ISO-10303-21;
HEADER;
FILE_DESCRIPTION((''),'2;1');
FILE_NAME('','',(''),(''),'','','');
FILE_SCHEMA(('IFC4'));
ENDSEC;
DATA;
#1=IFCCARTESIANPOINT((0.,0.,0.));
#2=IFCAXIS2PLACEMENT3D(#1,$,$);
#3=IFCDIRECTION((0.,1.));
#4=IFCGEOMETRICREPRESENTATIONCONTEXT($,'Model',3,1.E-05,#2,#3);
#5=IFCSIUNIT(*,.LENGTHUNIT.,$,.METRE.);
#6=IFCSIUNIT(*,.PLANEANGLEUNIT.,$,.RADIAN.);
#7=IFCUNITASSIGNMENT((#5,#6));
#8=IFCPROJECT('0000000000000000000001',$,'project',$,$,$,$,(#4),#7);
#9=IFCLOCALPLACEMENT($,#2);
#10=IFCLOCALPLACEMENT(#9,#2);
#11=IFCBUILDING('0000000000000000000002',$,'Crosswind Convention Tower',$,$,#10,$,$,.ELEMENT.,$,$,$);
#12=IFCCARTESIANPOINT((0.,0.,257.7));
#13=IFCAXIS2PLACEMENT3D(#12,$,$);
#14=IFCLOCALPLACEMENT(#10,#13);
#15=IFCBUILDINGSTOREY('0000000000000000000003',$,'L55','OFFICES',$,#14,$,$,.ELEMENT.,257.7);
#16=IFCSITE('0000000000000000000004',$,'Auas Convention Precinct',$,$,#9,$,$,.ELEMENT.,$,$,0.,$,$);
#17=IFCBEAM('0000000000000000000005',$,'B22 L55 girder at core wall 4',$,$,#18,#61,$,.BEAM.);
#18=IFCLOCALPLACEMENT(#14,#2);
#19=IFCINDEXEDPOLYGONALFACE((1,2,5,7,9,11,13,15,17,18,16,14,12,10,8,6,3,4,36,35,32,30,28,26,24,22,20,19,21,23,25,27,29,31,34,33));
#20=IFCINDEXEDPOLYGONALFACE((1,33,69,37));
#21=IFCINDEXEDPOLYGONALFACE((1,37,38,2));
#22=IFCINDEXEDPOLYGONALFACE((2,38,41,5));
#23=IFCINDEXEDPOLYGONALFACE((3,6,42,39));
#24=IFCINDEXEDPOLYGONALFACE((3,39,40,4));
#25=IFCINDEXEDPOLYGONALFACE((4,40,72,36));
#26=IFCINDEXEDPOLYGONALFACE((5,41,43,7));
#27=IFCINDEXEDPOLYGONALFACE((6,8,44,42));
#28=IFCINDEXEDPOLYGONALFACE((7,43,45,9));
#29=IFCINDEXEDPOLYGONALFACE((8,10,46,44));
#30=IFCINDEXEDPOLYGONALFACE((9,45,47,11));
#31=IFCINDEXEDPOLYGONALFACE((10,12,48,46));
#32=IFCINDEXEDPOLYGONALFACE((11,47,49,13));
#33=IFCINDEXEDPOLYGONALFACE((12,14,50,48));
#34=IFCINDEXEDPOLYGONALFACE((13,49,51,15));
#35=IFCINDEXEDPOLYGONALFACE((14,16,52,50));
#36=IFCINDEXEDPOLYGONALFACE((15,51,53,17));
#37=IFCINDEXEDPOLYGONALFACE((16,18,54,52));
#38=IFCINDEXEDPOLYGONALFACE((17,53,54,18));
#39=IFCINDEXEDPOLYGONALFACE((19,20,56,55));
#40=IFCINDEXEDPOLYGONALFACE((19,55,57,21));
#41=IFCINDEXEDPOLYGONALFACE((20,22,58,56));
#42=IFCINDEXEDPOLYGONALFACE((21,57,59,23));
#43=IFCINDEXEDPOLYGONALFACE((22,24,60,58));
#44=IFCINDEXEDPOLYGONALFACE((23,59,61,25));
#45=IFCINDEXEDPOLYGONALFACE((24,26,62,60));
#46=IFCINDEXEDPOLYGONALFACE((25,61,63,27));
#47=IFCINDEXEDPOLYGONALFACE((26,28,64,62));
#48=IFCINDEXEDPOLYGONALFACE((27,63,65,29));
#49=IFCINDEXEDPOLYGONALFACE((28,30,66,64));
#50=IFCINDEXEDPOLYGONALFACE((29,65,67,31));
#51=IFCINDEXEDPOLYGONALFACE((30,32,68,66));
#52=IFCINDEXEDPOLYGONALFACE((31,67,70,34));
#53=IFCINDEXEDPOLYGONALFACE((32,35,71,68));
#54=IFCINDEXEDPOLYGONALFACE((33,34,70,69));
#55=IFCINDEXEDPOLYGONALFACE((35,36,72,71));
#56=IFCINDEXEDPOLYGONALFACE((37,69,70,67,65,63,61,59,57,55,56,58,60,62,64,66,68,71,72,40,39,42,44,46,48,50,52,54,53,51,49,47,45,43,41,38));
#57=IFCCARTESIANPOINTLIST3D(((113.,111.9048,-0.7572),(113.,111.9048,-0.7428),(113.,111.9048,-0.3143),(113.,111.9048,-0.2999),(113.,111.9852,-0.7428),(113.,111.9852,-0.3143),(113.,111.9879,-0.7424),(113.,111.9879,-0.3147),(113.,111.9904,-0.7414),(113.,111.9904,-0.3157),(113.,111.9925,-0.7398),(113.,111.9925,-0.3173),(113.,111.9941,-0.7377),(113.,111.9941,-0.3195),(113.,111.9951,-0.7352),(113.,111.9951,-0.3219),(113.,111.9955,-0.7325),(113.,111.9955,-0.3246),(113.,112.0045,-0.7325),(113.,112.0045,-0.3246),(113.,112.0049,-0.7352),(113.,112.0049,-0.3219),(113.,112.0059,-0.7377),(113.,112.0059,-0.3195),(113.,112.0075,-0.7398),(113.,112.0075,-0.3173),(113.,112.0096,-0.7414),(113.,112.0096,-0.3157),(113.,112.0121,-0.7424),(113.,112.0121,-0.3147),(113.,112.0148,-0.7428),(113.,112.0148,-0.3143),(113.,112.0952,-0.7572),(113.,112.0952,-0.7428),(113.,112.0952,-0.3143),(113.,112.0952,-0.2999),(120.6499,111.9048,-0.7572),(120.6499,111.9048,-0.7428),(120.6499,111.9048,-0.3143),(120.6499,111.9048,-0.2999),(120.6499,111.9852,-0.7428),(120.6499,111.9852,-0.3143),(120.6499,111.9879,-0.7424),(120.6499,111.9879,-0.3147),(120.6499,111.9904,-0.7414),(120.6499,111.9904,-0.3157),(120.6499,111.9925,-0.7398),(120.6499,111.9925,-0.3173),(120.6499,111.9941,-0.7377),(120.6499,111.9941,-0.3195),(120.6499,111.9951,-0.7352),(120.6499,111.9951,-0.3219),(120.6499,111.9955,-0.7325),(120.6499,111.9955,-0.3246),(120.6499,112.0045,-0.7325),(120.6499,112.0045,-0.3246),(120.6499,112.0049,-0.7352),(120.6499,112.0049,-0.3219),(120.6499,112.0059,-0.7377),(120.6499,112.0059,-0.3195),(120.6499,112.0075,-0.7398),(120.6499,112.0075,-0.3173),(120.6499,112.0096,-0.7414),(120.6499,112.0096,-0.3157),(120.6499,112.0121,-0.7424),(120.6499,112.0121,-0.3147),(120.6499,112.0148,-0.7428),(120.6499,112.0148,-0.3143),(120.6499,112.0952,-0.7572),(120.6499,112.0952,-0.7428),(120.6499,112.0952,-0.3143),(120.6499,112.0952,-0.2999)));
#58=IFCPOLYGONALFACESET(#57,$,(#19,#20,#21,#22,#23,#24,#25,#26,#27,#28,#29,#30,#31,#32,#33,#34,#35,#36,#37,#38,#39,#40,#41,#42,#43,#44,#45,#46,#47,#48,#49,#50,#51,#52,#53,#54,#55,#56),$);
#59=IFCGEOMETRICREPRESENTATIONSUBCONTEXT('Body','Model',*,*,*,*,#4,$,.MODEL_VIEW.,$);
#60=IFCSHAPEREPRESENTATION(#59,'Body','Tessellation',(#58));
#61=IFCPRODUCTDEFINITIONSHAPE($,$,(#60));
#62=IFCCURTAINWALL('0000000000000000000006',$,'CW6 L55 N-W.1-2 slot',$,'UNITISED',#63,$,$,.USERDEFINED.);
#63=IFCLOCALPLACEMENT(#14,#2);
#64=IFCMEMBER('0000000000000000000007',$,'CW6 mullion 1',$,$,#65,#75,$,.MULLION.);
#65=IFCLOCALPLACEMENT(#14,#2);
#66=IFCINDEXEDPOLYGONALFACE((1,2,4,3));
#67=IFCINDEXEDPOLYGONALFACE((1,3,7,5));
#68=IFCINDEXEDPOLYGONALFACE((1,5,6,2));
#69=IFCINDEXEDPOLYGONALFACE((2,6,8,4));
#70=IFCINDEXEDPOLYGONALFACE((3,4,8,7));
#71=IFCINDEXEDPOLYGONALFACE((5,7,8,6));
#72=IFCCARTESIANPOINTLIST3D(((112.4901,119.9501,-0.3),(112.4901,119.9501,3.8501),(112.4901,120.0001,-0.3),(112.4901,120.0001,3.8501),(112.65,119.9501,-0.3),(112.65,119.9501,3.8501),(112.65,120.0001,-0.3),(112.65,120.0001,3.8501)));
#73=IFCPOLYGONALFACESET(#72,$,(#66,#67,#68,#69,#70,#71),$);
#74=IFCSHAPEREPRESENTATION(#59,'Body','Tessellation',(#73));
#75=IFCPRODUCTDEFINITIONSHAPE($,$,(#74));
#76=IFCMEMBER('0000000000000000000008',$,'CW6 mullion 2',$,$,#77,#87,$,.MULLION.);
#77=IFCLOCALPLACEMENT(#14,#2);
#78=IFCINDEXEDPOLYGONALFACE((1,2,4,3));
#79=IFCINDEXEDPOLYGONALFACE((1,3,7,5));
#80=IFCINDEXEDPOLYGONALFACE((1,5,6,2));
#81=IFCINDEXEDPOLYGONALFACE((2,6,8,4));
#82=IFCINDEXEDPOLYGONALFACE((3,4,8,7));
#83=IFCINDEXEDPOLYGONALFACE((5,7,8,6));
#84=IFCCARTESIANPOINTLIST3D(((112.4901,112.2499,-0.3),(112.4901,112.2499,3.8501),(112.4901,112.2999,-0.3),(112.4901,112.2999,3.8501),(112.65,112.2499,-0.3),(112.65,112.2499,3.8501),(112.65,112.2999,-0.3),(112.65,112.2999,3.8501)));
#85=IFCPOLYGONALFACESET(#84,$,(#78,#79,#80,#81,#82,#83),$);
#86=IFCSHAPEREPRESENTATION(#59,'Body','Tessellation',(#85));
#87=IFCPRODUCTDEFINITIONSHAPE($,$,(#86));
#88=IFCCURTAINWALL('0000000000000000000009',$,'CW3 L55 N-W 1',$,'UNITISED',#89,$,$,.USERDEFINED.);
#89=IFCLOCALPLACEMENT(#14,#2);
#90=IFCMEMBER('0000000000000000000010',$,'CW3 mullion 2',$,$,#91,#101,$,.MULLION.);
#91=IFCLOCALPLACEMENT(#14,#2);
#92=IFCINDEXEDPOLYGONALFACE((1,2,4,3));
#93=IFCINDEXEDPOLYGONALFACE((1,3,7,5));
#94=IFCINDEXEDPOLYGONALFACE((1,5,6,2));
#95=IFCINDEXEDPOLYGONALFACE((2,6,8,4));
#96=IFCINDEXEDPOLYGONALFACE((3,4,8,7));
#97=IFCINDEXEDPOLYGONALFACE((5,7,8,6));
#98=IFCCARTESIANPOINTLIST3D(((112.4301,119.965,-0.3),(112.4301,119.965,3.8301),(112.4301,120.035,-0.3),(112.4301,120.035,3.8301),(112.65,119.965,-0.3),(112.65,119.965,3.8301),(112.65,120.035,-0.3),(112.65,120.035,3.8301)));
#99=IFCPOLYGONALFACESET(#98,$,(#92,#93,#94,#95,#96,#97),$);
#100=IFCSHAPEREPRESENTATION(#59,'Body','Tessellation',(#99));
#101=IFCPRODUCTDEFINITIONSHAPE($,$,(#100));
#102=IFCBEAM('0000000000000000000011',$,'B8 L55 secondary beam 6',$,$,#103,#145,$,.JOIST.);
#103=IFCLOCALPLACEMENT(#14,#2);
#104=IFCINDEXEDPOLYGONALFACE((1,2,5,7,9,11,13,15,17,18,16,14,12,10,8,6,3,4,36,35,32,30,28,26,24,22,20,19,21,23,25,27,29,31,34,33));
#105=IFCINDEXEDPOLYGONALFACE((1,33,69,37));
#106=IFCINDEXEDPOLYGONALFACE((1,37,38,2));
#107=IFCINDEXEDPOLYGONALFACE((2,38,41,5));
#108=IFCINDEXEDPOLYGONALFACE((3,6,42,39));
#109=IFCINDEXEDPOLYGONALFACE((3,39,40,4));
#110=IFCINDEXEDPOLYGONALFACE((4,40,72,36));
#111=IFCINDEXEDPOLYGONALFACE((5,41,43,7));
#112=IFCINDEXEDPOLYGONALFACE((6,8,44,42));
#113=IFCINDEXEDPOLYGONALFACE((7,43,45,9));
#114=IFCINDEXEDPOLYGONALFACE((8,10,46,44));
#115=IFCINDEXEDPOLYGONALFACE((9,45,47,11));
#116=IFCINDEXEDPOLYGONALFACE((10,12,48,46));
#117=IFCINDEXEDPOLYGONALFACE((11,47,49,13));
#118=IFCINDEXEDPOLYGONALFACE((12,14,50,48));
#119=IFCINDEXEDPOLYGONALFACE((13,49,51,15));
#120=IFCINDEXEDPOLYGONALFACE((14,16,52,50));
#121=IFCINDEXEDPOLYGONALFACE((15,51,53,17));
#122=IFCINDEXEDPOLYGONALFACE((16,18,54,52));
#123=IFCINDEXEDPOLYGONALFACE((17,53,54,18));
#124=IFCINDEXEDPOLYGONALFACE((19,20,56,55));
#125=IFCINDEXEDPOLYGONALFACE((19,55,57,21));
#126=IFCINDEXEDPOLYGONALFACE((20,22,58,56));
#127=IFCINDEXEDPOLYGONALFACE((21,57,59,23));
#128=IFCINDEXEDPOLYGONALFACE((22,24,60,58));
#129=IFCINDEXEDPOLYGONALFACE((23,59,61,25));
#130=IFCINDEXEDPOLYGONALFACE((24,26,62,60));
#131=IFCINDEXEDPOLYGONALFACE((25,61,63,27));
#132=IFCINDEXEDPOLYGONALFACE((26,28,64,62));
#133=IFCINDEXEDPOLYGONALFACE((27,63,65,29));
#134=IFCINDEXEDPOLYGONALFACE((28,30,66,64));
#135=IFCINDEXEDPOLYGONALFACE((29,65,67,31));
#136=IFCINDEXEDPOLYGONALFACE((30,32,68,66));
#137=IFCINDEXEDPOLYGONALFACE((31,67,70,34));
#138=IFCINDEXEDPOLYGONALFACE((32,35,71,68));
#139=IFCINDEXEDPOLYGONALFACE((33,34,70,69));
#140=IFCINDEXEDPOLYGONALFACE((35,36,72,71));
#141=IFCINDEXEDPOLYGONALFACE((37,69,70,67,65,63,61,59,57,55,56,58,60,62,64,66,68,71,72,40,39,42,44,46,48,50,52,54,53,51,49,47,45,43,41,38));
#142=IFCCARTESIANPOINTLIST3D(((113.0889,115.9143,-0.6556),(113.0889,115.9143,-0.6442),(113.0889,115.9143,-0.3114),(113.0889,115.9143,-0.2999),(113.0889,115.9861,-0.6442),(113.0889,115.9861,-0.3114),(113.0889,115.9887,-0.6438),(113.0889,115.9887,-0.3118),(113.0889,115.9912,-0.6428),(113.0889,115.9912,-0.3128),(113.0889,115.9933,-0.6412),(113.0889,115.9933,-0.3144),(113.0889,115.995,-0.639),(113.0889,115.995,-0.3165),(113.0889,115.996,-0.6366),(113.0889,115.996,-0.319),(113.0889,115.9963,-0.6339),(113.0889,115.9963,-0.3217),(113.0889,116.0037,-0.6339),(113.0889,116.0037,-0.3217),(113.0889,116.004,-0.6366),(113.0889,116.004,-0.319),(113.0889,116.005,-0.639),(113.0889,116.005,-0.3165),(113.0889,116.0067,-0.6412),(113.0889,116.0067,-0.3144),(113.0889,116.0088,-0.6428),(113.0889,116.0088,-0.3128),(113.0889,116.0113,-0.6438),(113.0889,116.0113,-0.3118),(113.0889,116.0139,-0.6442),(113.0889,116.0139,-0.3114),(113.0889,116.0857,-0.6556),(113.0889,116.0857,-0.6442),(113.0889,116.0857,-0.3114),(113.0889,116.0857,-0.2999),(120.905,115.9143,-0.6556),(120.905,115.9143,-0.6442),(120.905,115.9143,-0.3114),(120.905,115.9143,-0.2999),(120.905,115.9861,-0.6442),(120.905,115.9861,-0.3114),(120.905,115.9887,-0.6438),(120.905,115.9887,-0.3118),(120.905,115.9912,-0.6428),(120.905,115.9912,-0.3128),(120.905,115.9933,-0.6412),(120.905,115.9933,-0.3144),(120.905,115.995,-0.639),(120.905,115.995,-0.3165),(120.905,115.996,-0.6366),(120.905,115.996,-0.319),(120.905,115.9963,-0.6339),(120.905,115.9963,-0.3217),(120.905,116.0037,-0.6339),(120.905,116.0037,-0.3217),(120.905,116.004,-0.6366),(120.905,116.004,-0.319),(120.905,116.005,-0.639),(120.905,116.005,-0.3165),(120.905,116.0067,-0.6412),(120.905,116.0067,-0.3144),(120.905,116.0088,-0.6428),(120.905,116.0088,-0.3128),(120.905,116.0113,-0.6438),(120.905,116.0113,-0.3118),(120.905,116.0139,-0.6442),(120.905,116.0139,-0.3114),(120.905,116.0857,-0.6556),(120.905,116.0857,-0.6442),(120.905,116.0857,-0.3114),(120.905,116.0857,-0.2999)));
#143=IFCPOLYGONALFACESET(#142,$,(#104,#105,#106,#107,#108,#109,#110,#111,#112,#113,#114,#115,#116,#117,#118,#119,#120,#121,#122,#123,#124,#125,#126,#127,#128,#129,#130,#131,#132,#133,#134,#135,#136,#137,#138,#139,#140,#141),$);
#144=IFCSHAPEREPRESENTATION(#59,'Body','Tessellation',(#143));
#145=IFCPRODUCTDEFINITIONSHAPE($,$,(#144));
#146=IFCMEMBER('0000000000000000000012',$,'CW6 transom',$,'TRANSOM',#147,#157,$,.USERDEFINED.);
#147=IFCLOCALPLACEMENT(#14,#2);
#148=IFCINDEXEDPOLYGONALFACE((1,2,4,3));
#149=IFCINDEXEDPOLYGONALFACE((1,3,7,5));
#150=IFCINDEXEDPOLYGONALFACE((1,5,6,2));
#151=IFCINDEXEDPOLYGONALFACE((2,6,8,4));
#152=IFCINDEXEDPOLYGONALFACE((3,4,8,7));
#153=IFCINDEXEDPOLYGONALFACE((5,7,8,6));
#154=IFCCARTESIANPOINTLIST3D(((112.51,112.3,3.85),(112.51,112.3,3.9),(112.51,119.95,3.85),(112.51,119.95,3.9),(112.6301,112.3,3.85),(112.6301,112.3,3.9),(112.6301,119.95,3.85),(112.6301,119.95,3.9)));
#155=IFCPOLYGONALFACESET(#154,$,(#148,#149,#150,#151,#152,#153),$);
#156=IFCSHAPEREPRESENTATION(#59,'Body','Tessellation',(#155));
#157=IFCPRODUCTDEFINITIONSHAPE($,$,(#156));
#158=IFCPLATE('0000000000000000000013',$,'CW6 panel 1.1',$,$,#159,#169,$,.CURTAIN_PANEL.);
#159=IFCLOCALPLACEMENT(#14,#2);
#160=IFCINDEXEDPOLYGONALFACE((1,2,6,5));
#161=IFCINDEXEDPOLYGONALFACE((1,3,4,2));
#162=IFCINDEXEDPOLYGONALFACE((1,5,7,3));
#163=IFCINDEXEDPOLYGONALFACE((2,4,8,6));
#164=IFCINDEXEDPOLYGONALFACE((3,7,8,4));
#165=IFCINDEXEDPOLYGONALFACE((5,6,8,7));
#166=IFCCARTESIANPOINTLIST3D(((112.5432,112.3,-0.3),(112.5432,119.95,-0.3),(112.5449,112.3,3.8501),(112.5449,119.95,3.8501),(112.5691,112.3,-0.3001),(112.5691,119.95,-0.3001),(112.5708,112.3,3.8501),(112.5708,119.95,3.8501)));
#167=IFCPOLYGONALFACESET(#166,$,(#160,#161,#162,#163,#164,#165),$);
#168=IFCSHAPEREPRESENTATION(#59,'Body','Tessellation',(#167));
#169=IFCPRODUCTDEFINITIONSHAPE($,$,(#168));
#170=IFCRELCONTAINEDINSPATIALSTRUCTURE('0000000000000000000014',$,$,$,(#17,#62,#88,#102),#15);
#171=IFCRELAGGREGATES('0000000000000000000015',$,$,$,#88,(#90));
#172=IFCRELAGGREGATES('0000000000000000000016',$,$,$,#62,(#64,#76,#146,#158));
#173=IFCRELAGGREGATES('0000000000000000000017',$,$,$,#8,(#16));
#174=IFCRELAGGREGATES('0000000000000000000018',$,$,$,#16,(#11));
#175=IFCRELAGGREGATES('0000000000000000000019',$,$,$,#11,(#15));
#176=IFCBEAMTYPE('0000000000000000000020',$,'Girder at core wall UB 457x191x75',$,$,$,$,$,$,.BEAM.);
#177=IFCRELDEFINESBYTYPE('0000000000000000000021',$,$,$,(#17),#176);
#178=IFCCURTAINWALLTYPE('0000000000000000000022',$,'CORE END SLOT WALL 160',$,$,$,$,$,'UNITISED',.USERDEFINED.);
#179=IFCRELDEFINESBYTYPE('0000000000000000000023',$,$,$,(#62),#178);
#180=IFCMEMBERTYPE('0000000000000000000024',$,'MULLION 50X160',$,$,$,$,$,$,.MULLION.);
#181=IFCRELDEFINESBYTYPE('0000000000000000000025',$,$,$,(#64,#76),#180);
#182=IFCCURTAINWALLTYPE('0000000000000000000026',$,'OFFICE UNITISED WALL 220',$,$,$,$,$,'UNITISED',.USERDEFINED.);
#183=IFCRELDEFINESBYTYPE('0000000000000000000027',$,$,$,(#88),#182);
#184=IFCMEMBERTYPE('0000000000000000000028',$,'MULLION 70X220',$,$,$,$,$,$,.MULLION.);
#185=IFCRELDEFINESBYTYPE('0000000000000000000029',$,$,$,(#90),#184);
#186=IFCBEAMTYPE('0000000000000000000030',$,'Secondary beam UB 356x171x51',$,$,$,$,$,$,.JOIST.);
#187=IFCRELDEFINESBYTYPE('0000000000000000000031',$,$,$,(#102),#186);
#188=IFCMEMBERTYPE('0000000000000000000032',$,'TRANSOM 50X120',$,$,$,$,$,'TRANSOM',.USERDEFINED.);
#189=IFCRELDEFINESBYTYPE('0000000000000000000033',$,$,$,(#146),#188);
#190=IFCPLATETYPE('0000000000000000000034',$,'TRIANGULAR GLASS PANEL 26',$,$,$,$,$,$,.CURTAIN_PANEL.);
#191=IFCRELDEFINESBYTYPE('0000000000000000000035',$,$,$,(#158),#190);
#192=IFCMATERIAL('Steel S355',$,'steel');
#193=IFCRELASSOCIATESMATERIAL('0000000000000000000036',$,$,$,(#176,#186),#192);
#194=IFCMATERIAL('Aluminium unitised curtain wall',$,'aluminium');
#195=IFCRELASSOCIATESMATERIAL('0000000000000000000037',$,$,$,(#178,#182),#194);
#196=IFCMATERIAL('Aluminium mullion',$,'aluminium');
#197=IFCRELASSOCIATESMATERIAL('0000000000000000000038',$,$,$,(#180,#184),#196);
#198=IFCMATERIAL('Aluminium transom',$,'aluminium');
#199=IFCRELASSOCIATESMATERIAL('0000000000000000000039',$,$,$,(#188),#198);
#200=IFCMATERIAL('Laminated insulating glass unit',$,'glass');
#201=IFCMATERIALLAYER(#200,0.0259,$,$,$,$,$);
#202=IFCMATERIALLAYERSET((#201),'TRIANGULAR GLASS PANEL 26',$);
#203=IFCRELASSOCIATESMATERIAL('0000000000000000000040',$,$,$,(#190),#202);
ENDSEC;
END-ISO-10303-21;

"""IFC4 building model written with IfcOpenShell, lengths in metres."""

from ifc_helpers import new_model, si_unit, direction, frame, origin, origin_2d, place, context, subcontext, project, spatial, polyline, rectangle, i_section, outline, extrude, material, layer, layer_set, material_profile, profile_set, type_object, element, aggregate, save


model = new_model("IFC4")

# Units and contexts
model_context = context("Model", 3, precision=1e-05, world=origin(), true_north=direction((0.0, 1.0)))
body_context = subcontext(model_context, "Body", "Model", "MODEL_VIEW")
ifc_project = project(units=[si_unit("LENGTHUNIT", "METRE"), si_unit("PLANEANGLEUNIT", "RADIAN")], contexts=[model_context])

# Site, building, storey
site_placement = place(None, origin())
site = spatial("IfcSite", under=ifc_project, at=site_placement, Name="Auas Convention Precinct", CompositionType="ELEMENT", RefElevation=0.0)
building_placement = place(site_placement, origin())
building = spatial("IfcBuilding", under=site, at=building_placement, Name="Crosswind Convention Tower", CompositionType="ELEMENT")
storey_placement = place(building_placement, frame((0.0, 0.0, 257.7)))
storey = spatial("IfcBuildingStorey", under=building, at=storey_placement, Name="L55", Description="OFFICES", CompositionType="ELEMENT", Elevation=257.7)

# Beam
ifc_material_1 = material(Name="Steel S355", Category="steel")
ifc_material_profile_1 = material_profile(ifc_material_1, i_section(OverallWidth=0.1904, OverallDepth=0.4573, WebThickness=0.009, FlangeThickness=0.0144, FilletRadius=0.0103, at=origin_2d()), Name="UB 457x191x75")
ifc_profile_set_1 = profile_set([ifc_material_profile_1], Name="Steel S355")
beam_type_1 = type_object("IfcBeamType", Name="Girder at core wall UB 457x191x75", PredefinedType="BEAM", material=ifc_profile_set_1)
beam_1_placement = place(storey_placement, frame((113.0, 112.0, -0.5286), z_axis=(1.0, 0.0, 0.0), x_axis=(0.0, 1.0, 0.0)))
element("IfcBeam", 1, at=beam_1_placement, inside=storey, type_object=beam_type_1, Name="B22 L55 girder at core wall 4", PredefinedType="BEAM", context=body_context, shape_type="SweptSolid", body=[
    extrude(i_section(OverallWidth=0.1904, OverallDepth=0.4573, WebThickness=0.009, FlangeThickness=0.0144, FilletRadius=0.0103, at=origin_2d()), origin(), (0.0, 0.0, 1.0), 7.6499),
])

# Curtain wall, members
ifc_material_2 = material(Name="Aluminium unitised curtain wall", Category="aluminium")
curtain_wall_type_1 = type_object("IfcCurtainWallType", Name="CORE END SLOT WALL 160", ElementType="UNITISED", PredefinedType="USERDEFINED", material=ifc_material_2)
curtain_wall_1_placement = place(storey_placement, origin())
curtain_wall_1 = element("IfcCurtainWall", 2, at=curtain_wall_1_placement, inside=storey, type_object=curtain_wall_type_1, Name="CW6 L55 N-W.1-2 slot", ObjectType="UNITISED", PredefinedType="USERDEFINED")
ifc_material_3 = material(Name="Aluminium mullion", Category="aluminium")
ifc_material_profile_2 = material_profile(ifc_material_3, rectangle(XDim=0.1599, YDim=0.05, at=origin_2d()), Name="AL 160X50")
ifc_profile_set_2 = profile_set([ifc_material_profile_2], Name="Aluminium mullion")
member_type_1 = type_object("IfcMemberType", Name="MULLION 50X160", PredefinedType="MULLION", material=ifc_profile_set_2)
member_1_placement = place(storey_placement, frame((112.5701, 119.9751, -0.3), z_axis=(0.0, 0.0, 1.0), x_axis=(-1.0, 0.0, 0.0)))
member_1 = element("IfcMember", 3, at=member_1_placement, type_object=member_type_1, Name="CW6 mullion 1", PredefinedType="MULLION", context=body_context, shape_type="SweptSolid", body=[
    extrude(rectangle(XDim=0.1599, YDim=0.05, at=origin_2d()), origin(), (0.0, 0.0, 1.0), 4.1501),
])
member_2_placement = place(storey_placement, frame((112.5701, 112.2749, -0.3), z_axis=(0.0, 0.0, 1.0), x_axis=(-1.0, 0.0, 0.0)))
member_2 = element("IfcMember", 4, at=member_2_placement, type_object=member_type_1, Name="CW6 mullion 2", PredefinedType="MULLION", context=body_context, shape_type="SweptSolid", body=[
    extrude(rectangle(XDim=0.1599, YDim=0.05, at=origin_2d()), origin(), (0.0, 0.0, 1.0), 4.1501),
])

# Curtain wall, member
curtain_wall_type_2 = type_object("IfcCurtainWallType", Name="OFFICE UNITISED WALL 220", ElementType="UNITISED", PredefinedType="USERDEFINED", material=ifc_material_2)
curtain_wall_2_placement = place(storey_placement, origin())
curtain_wall_2 = element("IfcCurtainWall", 5, at=curtain_wall_2_placement, inside=storey, type_object=curtain_wall_type_2, Name="CW3 L55 N-W 1", ObjectType="UNITISED", PredefinedType="USERDEFINED")
ifc_material_profile_3 = material_profile(ifc_material_3, rectangle(XDim=0.22, YDim=0.0701, at=origin_2d()), Name="AL 220X70")
ifc_profile_set_3 = profile_set([ifc_material_profile_3], Name="Aluminium mullion")
member_type_2 = type_object("IfcMemberType", Name="MULLION 70X220", PredefinedType="MULLION", material=ifc_profile_set_3)
member_3_placement = place(storey_placement, frame((112.54, 120.0, -0.3), z_axis=(0.0, 0.0, 1.0), x_axis=(-1.0, 0.0, 0.0)))
member_3 = element("IfcMember", 6, at=member_3_placement, type_object=member_type_2, Name="CW3 mullion 2", PredefinedType="MULLION", context=body_context, shape_type="SweptSolid", body=[
    extrude(rectangle(XDim=0.22, YDim=0.0701, at=origin_2d()), origin(), (0.0, 0.0, 1.0), 4.1301),
])
aggregate(curtain_wall_2, [member_3])

# Beam
ifc_material_profile_4 = material_profile(ifc_material_1, i_section(OverallWidth=0.1714, OverallDepth=0.3557, WebThickness=0.0073, FlangeThickness=0.0115, FilletRadius=0.0103, at=origin_2d()), Name="UB 356x171x51")
ifc_profile_set_4 = profile_set([ifc_material_profile_4], Name="Steel S355")
beam_type_2 = type_object("IfcBeamType", Name="Secondary beam UB 356x171x51", PredefinedType="JOIST", material=ifc_profile_set_4)
beam_2_placement = place(storey_placement, frame((113.0889, 116.0, -0.4778), z_axis=(1.0, 0.0, 0.0), x_axis=(0.0, 1.0, 0.0)))
element("IfcBeam", 7, at=beam_2_placement, inside=storey, type_object=beam_type_2, Name="B8 L55 secondary beam 6", PredefinedType="JOIST", context=body_context, shape_type="SweptSolid", body=[
    extrude(i_section(OverallWidth=0.1714, OverallDepth=0.3557, WebThickness=0.0073, FlangeThickness=0.0115, FilletRadius=0.0103, at=origin_2d()), origin(), (0.0, 0.0, 1.0), 7.8162),
])

# Member
ifc_material_4 = material(Name="Aluminium transom", Category="aluminium")
ifc_material_profile_5 = material_profile(ifc_material_4, rectangle(XDim=0.1201, YDim=0.05, at=origin_2d()), Name="AL 120X50")
ifc_profile_set_5 = profile_set([ifc_material_profile_5], Name="Aluminium transom")
member_type_3 = type_object("IfcMemberType", Name="TRANSOM 50X120", ElementType="TRANSOM", PredefinedType="USERDEFINED", material=ifc_profile_set_5)
member_4_placement = place(storey_placement, frame((112.5701, 119.95, 3.875), z_axis=(0.0, -1.0, 0.0), x_axis=(1.0, 0.0, 0.0)))
member_4 = element("IfcMember", 8, at=member_4_placement, type_object=member_type_3, Name="CW6 transom", ObjectType="TRANSOM", PredefinedType="USERDEFINED", context=body_context, shape_type="SweptSolid", body=[
    extrude(rectangle(XDim=0.1201, YDim=0.05, at=origin_2d()), origin(), (0.0, 0.0, 1.0), 7.6499),
])

# Plate
ifc_material_5 = material(Name="Laminated insulating glass unit", Category="glass")
ifc_layer_1 = layer(ifc_material_5, 0.0259)
ifc_layer_set_1 = layer_set([ifc_layer_1], Name="TRIANGULAR GLASS PANEL 26")
plate_type = type_object("IfcPlateType", Name="TRIANGULAR GLASS PANEL 26", PredefinedType="CURTAIN_PANEL", material=ifc_layer_set_1)
plate_placement = place(storey_placement, frame((112.5432, 119.95, -0.3), z_axis=(-1.0, 0.0, 0.000412), x_axis=(0.0, -1.0, 0.0)))
plate = element("IfcPlate", 9, at=plate_placement, type_object=plate_type, Name="CW6 panel 1.1", PredefinedType="CURTAIN_PANEL", context=body_context, shape_type="SweptSolid", body=[
    extrude(outline(polyline([(0.0, 0.0), (7.6499, 0.0), (7.6499, 4.1501), (0.0, 4.1501), (0.0, 0.0)])), origin(), (0.0, 0.0, -1.0), 0.0259),
])
aggregate(curtain_wall_1, [member_1, member_2, member_4, plate])

save(model, "model.ifc")
